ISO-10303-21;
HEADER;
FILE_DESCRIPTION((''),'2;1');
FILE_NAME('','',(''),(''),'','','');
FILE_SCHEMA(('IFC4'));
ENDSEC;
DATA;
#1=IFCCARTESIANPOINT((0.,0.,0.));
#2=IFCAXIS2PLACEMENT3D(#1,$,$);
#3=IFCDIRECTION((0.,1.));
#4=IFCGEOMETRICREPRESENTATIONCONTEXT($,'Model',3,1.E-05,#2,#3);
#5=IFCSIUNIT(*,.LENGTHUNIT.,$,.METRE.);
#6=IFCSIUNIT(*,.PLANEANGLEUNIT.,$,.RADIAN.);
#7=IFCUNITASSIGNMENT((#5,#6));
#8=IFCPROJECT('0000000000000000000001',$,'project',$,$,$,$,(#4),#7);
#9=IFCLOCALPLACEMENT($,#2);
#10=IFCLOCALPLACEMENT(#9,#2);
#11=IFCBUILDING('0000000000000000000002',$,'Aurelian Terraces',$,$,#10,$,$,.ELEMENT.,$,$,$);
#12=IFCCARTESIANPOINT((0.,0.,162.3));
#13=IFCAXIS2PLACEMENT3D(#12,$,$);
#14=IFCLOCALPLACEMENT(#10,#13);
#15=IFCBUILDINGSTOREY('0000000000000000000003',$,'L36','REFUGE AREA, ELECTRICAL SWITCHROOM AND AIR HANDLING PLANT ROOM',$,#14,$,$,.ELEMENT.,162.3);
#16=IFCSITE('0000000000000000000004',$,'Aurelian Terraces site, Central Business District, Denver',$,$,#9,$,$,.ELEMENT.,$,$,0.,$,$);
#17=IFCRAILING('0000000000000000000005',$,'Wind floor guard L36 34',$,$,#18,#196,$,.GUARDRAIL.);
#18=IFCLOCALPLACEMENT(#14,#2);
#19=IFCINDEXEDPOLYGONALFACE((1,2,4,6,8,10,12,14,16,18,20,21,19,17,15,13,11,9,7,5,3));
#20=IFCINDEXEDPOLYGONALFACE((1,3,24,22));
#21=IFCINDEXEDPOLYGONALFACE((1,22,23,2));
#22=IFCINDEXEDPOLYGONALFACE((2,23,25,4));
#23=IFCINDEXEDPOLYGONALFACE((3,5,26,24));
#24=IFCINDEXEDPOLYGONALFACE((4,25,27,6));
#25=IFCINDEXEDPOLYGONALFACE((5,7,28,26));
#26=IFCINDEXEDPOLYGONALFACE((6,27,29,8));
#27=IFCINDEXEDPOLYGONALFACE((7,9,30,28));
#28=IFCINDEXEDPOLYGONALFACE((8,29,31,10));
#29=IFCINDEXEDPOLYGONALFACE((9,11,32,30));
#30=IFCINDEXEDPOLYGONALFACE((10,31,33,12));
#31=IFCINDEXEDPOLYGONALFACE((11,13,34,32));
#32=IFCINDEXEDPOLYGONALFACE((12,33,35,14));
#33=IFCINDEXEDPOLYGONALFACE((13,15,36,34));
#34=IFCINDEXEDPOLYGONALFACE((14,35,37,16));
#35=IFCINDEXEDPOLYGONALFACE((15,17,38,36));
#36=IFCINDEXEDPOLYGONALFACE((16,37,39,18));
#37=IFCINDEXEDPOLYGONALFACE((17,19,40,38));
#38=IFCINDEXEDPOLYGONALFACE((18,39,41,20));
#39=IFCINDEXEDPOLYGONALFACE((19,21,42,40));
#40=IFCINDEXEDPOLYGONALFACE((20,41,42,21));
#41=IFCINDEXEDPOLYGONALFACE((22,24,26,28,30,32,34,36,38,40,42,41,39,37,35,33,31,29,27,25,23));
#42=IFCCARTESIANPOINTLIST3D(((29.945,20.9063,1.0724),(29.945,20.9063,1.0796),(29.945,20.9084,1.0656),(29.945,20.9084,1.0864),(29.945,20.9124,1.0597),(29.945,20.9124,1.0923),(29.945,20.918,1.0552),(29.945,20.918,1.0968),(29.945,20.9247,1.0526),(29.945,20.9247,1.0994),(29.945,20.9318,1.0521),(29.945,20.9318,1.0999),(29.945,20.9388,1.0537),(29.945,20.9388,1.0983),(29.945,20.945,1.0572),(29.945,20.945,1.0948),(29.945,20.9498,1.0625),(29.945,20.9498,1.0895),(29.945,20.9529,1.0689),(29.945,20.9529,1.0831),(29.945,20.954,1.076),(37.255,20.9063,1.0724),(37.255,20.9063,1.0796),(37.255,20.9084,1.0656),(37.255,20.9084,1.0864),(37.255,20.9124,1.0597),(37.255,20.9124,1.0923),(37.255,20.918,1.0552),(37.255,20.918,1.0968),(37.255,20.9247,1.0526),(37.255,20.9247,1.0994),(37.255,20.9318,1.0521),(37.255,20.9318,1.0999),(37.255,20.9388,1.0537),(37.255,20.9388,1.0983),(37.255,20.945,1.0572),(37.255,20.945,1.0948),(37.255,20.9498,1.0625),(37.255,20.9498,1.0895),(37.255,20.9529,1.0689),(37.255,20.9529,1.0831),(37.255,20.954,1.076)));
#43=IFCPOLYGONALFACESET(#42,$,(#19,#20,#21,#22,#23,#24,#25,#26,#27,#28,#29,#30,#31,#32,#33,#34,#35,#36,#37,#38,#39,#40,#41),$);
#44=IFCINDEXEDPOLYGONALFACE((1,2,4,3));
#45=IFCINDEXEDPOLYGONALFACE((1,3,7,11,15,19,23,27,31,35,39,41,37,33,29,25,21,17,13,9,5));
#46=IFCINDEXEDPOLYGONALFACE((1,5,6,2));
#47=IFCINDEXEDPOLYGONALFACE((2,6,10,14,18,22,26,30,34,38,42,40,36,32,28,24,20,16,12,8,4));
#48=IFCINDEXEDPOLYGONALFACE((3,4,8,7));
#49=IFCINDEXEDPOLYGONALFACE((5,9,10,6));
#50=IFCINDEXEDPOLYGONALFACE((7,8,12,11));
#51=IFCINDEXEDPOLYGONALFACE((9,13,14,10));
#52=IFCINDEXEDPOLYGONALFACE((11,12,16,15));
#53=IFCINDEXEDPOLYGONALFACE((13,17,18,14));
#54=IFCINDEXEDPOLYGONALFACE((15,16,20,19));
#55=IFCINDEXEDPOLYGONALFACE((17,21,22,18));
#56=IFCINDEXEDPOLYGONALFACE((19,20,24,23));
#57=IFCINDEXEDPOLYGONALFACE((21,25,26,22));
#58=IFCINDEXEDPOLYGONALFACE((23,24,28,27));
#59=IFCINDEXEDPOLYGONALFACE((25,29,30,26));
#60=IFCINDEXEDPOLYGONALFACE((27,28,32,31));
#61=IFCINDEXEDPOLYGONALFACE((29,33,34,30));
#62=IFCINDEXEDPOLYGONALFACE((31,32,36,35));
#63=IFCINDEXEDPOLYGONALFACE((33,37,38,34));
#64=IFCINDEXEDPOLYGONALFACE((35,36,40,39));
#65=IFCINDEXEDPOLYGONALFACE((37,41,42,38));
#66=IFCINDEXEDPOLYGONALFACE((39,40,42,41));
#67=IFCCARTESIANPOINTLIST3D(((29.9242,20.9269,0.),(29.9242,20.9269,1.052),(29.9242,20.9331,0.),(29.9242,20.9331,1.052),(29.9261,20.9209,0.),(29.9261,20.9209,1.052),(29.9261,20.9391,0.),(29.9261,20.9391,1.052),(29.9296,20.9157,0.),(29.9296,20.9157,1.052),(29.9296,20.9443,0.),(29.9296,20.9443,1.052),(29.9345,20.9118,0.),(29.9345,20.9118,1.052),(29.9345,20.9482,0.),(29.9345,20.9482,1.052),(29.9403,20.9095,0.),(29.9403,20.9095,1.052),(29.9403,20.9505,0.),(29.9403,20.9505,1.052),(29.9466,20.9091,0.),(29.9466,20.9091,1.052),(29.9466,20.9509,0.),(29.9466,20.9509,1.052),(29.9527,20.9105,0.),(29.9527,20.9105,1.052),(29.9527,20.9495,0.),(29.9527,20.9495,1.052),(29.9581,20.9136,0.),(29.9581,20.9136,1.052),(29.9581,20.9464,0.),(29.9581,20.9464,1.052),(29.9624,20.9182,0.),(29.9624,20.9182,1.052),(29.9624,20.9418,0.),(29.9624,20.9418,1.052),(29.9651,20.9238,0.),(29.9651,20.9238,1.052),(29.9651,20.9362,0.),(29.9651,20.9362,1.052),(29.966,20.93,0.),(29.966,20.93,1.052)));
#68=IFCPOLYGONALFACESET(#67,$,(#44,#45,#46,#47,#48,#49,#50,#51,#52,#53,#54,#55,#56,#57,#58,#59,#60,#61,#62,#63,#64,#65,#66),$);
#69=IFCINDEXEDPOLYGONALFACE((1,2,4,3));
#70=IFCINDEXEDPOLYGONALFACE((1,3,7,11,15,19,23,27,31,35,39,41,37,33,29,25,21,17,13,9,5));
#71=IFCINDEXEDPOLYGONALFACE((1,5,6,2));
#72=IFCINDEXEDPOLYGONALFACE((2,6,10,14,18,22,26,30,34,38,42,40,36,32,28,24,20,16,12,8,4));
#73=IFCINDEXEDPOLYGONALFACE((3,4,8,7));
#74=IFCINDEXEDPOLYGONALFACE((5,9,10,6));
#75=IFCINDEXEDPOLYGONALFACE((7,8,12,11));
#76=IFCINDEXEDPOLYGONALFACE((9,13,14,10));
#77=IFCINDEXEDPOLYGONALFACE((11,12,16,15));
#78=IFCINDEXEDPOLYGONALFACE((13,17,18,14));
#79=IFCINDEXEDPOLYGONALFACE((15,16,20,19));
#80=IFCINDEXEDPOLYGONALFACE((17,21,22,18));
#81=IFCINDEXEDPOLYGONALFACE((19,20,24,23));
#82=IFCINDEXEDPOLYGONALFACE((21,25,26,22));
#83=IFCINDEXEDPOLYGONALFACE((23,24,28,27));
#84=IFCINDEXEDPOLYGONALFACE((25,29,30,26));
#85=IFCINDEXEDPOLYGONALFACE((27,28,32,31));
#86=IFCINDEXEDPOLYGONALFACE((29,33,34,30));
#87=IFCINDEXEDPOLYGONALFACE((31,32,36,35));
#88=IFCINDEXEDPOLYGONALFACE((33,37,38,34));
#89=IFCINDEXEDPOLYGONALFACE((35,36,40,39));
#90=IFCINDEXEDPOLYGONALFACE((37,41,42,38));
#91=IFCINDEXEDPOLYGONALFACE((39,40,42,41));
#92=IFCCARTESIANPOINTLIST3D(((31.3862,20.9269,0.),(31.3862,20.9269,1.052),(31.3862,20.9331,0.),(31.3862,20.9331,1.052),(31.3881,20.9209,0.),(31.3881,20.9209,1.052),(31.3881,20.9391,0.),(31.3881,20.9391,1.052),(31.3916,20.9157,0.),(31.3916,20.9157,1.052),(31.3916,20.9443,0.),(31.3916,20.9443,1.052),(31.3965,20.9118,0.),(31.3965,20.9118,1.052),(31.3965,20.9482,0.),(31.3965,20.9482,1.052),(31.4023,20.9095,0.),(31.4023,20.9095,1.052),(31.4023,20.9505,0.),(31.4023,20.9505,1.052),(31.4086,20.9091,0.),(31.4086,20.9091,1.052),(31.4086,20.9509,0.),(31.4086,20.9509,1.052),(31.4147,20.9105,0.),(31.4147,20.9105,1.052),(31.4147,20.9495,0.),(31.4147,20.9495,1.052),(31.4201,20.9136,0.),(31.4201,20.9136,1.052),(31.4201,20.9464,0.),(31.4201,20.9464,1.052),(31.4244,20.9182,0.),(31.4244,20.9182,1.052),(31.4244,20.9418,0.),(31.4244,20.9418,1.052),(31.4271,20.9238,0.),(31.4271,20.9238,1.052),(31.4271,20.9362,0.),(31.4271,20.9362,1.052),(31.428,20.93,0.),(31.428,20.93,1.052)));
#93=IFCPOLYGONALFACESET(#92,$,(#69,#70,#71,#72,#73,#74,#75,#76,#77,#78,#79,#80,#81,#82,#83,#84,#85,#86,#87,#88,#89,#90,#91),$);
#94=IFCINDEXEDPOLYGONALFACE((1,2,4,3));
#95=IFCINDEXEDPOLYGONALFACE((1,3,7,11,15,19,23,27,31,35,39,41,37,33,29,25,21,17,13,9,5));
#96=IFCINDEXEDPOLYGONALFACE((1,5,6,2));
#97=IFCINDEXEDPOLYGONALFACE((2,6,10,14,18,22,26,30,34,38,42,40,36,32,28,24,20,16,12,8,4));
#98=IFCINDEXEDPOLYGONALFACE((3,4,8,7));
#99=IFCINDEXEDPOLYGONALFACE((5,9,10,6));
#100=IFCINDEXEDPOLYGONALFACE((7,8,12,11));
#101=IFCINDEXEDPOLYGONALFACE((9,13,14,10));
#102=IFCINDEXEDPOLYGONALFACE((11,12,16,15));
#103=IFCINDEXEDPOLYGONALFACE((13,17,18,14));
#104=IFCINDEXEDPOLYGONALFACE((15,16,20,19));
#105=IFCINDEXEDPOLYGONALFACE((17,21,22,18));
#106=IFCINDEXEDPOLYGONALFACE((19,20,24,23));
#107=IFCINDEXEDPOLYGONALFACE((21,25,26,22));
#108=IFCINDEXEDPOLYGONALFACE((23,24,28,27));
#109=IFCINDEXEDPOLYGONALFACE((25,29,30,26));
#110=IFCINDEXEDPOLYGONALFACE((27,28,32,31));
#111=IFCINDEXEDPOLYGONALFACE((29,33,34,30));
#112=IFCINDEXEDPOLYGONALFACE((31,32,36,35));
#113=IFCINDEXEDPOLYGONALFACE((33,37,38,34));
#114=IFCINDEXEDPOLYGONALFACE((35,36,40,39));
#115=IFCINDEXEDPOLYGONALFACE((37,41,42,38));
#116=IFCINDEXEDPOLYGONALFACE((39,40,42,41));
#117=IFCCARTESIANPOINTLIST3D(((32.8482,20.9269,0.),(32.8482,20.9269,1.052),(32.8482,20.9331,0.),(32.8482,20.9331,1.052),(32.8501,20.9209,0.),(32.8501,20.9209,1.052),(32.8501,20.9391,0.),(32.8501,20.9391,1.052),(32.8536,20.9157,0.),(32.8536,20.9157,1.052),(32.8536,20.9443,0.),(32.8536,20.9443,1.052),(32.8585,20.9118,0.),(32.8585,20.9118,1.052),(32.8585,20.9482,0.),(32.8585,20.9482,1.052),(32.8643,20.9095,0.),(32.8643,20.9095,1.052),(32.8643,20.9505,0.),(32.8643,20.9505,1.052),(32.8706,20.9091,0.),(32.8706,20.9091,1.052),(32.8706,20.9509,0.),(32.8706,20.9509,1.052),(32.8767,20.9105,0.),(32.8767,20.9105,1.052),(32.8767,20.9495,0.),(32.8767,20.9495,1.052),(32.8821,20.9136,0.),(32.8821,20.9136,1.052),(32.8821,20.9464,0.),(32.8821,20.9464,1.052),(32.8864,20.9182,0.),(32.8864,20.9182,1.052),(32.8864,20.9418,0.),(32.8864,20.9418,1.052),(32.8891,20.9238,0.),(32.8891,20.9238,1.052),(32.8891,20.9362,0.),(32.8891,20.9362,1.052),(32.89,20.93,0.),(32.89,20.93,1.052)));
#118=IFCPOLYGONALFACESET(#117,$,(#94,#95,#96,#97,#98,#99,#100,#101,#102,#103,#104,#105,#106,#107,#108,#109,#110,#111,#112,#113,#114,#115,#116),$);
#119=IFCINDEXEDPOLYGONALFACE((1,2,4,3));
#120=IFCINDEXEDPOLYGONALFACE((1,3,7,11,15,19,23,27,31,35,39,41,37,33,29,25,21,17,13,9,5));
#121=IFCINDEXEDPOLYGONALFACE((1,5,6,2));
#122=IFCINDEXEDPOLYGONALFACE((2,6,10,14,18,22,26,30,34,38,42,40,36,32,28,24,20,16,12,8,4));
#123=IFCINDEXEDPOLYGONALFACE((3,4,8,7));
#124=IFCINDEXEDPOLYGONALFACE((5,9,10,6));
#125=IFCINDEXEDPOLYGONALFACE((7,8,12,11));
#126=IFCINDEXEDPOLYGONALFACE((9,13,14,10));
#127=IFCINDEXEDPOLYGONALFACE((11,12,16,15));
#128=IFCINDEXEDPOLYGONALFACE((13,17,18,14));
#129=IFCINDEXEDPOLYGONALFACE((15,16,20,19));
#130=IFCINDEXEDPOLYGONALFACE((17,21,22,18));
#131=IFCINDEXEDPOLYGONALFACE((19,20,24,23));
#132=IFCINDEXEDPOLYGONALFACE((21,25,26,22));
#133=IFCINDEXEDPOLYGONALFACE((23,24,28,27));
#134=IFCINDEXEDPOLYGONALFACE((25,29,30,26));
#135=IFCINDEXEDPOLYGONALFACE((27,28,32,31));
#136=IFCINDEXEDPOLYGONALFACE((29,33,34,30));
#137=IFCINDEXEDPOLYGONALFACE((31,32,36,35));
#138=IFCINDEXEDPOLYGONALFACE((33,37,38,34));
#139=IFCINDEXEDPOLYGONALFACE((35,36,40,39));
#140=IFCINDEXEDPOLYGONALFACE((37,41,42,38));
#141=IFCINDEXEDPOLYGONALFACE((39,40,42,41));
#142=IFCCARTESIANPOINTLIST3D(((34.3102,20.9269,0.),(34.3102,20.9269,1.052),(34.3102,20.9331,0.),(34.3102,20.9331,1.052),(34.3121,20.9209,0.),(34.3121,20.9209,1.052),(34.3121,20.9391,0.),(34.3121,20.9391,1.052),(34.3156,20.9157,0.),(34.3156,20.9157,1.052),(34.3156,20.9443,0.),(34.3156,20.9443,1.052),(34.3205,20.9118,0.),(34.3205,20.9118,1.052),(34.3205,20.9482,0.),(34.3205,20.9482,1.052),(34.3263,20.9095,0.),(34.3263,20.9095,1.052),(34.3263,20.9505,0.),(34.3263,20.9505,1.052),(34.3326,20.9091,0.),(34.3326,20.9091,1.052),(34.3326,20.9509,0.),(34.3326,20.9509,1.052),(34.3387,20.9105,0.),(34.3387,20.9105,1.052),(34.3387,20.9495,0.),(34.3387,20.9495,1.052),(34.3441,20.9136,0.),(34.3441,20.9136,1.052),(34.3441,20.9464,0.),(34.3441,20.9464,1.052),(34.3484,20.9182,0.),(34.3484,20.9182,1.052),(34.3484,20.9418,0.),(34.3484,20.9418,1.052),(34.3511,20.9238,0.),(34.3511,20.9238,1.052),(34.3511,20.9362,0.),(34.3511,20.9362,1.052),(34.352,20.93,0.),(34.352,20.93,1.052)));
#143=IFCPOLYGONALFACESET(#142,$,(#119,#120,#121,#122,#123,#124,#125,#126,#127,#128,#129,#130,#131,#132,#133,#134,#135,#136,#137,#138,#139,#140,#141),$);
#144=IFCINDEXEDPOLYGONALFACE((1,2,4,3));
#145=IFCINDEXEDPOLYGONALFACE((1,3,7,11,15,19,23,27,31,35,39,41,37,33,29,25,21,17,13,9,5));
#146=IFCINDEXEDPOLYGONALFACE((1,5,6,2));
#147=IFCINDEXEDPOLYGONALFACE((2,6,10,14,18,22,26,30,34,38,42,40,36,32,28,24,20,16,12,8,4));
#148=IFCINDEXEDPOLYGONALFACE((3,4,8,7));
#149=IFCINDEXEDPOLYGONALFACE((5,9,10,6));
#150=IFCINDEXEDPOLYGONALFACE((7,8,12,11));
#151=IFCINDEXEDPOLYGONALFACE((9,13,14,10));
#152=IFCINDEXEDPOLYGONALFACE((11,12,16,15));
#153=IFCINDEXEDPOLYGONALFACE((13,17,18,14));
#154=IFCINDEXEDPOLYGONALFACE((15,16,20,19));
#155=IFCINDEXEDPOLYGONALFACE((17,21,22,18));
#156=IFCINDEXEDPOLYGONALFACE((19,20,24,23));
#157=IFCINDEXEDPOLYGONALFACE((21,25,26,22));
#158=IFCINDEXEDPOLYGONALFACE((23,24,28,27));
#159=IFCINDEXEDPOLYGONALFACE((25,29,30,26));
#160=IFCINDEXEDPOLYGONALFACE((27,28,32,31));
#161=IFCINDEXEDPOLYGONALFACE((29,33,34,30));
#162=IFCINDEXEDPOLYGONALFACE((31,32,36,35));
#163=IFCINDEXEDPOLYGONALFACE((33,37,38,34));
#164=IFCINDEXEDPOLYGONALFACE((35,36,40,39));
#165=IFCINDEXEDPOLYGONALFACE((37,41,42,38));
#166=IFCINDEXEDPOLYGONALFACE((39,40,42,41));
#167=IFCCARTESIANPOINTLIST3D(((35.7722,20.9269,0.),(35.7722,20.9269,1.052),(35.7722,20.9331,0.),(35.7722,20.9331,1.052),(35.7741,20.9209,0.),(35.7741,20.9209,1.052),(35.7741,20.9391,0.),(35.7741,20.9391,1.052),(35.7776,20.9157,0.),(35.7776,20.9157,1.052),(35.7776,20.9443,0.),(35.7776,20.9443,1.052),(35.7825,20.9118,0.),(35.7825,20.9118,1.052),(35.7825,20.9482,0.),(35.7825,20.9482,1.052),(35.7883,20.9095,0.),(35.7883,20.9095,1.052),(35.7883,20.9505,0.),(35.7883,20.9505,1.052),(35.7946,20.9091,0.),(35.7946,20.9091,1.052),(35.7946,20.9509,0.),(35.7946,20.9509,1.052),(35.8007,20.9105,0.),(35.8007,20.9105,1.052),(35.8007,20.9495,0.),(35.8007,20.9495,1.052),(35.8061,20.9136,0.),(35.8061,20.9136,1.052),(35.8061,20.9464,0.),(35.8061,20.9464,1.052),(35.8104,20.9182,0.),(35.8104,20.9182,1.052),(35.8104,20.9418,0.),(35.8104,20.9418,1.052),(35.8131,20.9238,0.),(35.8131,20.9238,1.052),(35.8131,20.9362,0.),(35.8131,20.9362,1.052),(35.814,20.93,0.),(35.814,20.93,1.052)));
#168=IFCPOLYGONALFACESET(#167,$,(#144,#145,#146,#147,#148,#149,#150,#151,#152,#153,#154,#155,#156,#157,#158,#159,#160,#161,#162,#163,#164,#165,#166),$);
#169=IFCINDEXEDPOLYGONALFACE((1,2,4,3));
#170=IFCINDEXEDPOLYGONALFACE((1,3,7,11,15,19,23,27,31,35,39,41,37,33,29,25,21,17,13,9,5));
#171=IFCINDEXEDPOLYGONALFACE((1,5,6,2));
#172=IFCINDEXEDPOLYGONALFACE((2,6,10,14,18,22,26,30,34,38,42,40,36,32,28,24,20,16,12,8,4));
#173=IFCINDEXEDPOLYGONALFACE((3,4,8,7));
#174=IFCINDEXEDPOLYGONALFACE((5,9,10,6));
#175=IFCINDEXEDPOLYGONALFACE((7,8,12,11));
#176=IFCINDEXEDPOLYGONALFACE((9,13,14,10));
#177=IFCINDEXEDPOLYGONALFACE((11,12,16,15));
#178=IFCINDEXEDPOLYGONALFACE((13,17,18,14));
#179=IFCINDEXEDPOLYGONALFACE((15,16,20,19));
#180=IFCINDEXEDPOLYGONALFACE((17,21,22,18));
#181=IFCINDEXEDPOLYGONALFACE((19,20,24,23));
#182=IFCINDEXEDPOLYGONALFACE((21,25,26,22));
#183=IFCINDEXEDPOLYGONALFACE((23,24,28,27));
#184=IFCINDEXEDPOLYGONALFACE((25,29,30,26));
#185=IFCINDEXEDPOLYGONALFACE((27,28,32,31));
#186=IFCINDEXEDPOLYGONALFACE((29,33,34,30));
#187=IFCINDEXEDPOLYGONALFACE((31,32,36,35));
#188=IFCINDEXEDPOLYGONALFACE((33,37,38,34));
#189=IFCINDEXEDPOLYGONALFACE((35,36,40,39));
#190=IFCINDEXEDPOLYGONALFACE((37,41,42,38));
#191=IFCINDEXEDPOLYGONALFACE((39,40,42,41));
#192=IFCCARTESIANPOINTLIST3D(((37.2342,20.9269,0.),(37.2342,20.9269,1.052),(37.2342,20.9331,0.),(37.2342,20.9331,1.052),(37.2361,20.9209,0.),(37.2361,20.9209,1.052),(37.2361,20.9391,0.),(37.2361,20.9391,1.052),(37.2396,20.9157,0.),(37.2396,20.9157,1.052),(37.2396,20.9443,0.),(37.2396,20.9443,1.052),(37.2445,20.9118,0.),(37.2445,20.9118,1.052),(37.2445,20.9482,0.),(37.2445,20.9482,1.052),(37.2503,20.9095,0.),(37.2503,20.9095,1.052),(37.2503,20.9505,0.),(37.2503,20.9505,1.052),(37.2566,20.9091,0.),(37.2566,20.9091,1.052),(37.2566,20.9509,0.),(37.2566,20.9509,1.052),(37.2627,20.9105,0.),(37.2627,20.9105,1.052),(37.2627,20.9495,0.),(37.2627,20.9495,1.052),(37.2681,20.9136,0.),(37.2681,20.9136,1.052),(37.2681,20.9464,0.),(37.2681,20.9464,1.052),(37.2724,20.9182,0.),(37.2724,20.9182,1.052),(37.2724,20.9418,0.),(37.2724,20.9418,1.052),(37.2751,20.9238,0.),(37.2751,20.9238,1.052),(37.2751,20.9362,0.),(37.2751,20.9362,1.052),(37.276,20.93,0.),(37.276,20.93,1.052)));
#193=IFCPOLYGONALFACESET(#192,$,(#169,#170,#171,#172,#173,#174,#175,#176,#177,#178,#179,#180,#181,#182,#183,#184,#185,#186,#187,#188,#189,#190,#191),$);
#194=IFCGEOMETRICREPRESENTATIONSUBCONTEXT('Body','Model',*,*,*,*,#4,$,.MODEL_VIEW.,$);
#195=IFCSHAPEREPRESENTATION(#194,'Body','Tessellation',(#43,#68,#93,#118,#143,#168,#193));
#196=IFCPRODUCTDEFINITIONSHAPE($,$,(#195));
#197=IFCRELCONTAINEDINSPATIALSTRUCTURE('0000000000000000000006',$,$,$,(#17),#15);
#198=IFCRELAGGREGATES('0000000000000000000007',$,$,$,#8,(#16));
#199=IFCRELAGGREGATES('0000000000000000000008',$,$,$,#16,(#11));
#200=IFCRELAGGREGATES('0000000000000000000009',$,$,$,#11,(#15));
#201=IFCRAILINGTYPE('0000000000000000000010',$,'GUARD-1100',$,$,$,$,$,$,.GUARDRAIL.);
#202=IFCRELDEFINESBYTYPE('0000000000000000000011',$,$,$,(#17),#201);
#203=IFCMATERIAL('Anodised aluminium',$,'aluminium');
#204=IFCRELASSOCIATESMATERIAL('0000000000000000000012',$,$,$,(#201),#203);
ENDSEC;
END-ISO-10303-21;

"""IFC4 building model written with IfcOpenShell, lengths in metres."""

from ifc_helpers import new_model, si_unit, direction, frame, origin, origin_2d, place, context, subcontext, project, spatial, circle, extrude, material, type_object, element, save


model = new_model("IFC4")

# Units and contexts
model_context = context("Model", 3, precision=1e-05, world=origin(), true_north=direction((0.0, 1.0)))
body_context = subcontext(model_context, "Body", "Model", "MODEL_VIEW")
ifc_project = project(units=[si_unit("LENGTHUNIT", "METRE"), si_unit("PLANEANGLEUNIT", "RADIAN")], contexts=[model_context])

# Site, building, storey
site_placement = place(None, origin())
site = spatial("IfcSite", under=ifc_project, at=site_placement, Name="Aurelian Terraces site, Central Business District, Denver", CompositionType="ELEMENT", RefElevation=0.0)
building_placement = place(site_placement, origin())
building = spatial("IfcBuilding", under=site, at=building_placement, Name="Aurelian Terraces", CompositionType="ELEMENT")
storey_placement = place(building_placement, frame((0.0, 0.0, 162.3)))
storey = spatial("IfcBuildingStorey", under=building, at=storey_placement, Name="L36", Description="REFUGE AREA, ELECTRICAL SWITCHROOM AND AIR HANDLING PLANT ROOM", CompositionType="ELEMENT", Elevation=162.3)

# Railing
ifc_material_1 = material(Name="Anodised aluminium", Category="aluminium")
railing_type = type_object("IfcRailingType", Name="GUARD-1100", PredefinedType="GUARDRAIL", material=ifc_material_1)
railing_1_placement = place(storey_placement, frame((29.945, 20.93, 0.0)))
element("IfcRailing", 1, at=railing_1_placement, inside=storey, type_object=railing_type, Name="Wind floor guard L36 34", PredefinedType="GUARDRAIL", context=body_context, shape_type="SweptSolid", body=[
    extrude(circle(Radius=0.024, at=origin_2d()), frame((0.0, 0.0, 1.076), z_axis=(1.0, 0.0, 0.0), x_axis=(0.0, 1.0, 0.0)), (0.0, 0.0, 1.0), 7.31),
    extrude(circle(Radius=0.021, at=origin_2d()), origin(), (0.0, 0.0, 1.0), 1.052),
    extrude(circle(Radius=0.021, at=origin_2d()), frame((1.462, 0.0, 0.0)), (0.0, 0.0, 1.0), 1.052),
    extrude(circle(Radius=0.021, at=origin_2d()), frame((2.924, 0.0, 0.0)), (0.0, 0.0, 1.0), 1.052),
    extrude(circle(Radius=0.021, at=origin_2d()), frame((4.386, 0.0, 0.0)), (0.0, 0.0, 1.0), 1.052),
    extrude(circle(Radius=0.021, at=origin_2d()), frame((5.848, 0.0, 0.0)), (0.0, 0.0, 1.0), 1.052),
    extrude(circle(Radius=0.021, at=origin_2d()), frame((7.31, 0.0, 0.0)), (0.0, 0.0, 1.0), 1.052),
])

save(model, "model.ifc")
